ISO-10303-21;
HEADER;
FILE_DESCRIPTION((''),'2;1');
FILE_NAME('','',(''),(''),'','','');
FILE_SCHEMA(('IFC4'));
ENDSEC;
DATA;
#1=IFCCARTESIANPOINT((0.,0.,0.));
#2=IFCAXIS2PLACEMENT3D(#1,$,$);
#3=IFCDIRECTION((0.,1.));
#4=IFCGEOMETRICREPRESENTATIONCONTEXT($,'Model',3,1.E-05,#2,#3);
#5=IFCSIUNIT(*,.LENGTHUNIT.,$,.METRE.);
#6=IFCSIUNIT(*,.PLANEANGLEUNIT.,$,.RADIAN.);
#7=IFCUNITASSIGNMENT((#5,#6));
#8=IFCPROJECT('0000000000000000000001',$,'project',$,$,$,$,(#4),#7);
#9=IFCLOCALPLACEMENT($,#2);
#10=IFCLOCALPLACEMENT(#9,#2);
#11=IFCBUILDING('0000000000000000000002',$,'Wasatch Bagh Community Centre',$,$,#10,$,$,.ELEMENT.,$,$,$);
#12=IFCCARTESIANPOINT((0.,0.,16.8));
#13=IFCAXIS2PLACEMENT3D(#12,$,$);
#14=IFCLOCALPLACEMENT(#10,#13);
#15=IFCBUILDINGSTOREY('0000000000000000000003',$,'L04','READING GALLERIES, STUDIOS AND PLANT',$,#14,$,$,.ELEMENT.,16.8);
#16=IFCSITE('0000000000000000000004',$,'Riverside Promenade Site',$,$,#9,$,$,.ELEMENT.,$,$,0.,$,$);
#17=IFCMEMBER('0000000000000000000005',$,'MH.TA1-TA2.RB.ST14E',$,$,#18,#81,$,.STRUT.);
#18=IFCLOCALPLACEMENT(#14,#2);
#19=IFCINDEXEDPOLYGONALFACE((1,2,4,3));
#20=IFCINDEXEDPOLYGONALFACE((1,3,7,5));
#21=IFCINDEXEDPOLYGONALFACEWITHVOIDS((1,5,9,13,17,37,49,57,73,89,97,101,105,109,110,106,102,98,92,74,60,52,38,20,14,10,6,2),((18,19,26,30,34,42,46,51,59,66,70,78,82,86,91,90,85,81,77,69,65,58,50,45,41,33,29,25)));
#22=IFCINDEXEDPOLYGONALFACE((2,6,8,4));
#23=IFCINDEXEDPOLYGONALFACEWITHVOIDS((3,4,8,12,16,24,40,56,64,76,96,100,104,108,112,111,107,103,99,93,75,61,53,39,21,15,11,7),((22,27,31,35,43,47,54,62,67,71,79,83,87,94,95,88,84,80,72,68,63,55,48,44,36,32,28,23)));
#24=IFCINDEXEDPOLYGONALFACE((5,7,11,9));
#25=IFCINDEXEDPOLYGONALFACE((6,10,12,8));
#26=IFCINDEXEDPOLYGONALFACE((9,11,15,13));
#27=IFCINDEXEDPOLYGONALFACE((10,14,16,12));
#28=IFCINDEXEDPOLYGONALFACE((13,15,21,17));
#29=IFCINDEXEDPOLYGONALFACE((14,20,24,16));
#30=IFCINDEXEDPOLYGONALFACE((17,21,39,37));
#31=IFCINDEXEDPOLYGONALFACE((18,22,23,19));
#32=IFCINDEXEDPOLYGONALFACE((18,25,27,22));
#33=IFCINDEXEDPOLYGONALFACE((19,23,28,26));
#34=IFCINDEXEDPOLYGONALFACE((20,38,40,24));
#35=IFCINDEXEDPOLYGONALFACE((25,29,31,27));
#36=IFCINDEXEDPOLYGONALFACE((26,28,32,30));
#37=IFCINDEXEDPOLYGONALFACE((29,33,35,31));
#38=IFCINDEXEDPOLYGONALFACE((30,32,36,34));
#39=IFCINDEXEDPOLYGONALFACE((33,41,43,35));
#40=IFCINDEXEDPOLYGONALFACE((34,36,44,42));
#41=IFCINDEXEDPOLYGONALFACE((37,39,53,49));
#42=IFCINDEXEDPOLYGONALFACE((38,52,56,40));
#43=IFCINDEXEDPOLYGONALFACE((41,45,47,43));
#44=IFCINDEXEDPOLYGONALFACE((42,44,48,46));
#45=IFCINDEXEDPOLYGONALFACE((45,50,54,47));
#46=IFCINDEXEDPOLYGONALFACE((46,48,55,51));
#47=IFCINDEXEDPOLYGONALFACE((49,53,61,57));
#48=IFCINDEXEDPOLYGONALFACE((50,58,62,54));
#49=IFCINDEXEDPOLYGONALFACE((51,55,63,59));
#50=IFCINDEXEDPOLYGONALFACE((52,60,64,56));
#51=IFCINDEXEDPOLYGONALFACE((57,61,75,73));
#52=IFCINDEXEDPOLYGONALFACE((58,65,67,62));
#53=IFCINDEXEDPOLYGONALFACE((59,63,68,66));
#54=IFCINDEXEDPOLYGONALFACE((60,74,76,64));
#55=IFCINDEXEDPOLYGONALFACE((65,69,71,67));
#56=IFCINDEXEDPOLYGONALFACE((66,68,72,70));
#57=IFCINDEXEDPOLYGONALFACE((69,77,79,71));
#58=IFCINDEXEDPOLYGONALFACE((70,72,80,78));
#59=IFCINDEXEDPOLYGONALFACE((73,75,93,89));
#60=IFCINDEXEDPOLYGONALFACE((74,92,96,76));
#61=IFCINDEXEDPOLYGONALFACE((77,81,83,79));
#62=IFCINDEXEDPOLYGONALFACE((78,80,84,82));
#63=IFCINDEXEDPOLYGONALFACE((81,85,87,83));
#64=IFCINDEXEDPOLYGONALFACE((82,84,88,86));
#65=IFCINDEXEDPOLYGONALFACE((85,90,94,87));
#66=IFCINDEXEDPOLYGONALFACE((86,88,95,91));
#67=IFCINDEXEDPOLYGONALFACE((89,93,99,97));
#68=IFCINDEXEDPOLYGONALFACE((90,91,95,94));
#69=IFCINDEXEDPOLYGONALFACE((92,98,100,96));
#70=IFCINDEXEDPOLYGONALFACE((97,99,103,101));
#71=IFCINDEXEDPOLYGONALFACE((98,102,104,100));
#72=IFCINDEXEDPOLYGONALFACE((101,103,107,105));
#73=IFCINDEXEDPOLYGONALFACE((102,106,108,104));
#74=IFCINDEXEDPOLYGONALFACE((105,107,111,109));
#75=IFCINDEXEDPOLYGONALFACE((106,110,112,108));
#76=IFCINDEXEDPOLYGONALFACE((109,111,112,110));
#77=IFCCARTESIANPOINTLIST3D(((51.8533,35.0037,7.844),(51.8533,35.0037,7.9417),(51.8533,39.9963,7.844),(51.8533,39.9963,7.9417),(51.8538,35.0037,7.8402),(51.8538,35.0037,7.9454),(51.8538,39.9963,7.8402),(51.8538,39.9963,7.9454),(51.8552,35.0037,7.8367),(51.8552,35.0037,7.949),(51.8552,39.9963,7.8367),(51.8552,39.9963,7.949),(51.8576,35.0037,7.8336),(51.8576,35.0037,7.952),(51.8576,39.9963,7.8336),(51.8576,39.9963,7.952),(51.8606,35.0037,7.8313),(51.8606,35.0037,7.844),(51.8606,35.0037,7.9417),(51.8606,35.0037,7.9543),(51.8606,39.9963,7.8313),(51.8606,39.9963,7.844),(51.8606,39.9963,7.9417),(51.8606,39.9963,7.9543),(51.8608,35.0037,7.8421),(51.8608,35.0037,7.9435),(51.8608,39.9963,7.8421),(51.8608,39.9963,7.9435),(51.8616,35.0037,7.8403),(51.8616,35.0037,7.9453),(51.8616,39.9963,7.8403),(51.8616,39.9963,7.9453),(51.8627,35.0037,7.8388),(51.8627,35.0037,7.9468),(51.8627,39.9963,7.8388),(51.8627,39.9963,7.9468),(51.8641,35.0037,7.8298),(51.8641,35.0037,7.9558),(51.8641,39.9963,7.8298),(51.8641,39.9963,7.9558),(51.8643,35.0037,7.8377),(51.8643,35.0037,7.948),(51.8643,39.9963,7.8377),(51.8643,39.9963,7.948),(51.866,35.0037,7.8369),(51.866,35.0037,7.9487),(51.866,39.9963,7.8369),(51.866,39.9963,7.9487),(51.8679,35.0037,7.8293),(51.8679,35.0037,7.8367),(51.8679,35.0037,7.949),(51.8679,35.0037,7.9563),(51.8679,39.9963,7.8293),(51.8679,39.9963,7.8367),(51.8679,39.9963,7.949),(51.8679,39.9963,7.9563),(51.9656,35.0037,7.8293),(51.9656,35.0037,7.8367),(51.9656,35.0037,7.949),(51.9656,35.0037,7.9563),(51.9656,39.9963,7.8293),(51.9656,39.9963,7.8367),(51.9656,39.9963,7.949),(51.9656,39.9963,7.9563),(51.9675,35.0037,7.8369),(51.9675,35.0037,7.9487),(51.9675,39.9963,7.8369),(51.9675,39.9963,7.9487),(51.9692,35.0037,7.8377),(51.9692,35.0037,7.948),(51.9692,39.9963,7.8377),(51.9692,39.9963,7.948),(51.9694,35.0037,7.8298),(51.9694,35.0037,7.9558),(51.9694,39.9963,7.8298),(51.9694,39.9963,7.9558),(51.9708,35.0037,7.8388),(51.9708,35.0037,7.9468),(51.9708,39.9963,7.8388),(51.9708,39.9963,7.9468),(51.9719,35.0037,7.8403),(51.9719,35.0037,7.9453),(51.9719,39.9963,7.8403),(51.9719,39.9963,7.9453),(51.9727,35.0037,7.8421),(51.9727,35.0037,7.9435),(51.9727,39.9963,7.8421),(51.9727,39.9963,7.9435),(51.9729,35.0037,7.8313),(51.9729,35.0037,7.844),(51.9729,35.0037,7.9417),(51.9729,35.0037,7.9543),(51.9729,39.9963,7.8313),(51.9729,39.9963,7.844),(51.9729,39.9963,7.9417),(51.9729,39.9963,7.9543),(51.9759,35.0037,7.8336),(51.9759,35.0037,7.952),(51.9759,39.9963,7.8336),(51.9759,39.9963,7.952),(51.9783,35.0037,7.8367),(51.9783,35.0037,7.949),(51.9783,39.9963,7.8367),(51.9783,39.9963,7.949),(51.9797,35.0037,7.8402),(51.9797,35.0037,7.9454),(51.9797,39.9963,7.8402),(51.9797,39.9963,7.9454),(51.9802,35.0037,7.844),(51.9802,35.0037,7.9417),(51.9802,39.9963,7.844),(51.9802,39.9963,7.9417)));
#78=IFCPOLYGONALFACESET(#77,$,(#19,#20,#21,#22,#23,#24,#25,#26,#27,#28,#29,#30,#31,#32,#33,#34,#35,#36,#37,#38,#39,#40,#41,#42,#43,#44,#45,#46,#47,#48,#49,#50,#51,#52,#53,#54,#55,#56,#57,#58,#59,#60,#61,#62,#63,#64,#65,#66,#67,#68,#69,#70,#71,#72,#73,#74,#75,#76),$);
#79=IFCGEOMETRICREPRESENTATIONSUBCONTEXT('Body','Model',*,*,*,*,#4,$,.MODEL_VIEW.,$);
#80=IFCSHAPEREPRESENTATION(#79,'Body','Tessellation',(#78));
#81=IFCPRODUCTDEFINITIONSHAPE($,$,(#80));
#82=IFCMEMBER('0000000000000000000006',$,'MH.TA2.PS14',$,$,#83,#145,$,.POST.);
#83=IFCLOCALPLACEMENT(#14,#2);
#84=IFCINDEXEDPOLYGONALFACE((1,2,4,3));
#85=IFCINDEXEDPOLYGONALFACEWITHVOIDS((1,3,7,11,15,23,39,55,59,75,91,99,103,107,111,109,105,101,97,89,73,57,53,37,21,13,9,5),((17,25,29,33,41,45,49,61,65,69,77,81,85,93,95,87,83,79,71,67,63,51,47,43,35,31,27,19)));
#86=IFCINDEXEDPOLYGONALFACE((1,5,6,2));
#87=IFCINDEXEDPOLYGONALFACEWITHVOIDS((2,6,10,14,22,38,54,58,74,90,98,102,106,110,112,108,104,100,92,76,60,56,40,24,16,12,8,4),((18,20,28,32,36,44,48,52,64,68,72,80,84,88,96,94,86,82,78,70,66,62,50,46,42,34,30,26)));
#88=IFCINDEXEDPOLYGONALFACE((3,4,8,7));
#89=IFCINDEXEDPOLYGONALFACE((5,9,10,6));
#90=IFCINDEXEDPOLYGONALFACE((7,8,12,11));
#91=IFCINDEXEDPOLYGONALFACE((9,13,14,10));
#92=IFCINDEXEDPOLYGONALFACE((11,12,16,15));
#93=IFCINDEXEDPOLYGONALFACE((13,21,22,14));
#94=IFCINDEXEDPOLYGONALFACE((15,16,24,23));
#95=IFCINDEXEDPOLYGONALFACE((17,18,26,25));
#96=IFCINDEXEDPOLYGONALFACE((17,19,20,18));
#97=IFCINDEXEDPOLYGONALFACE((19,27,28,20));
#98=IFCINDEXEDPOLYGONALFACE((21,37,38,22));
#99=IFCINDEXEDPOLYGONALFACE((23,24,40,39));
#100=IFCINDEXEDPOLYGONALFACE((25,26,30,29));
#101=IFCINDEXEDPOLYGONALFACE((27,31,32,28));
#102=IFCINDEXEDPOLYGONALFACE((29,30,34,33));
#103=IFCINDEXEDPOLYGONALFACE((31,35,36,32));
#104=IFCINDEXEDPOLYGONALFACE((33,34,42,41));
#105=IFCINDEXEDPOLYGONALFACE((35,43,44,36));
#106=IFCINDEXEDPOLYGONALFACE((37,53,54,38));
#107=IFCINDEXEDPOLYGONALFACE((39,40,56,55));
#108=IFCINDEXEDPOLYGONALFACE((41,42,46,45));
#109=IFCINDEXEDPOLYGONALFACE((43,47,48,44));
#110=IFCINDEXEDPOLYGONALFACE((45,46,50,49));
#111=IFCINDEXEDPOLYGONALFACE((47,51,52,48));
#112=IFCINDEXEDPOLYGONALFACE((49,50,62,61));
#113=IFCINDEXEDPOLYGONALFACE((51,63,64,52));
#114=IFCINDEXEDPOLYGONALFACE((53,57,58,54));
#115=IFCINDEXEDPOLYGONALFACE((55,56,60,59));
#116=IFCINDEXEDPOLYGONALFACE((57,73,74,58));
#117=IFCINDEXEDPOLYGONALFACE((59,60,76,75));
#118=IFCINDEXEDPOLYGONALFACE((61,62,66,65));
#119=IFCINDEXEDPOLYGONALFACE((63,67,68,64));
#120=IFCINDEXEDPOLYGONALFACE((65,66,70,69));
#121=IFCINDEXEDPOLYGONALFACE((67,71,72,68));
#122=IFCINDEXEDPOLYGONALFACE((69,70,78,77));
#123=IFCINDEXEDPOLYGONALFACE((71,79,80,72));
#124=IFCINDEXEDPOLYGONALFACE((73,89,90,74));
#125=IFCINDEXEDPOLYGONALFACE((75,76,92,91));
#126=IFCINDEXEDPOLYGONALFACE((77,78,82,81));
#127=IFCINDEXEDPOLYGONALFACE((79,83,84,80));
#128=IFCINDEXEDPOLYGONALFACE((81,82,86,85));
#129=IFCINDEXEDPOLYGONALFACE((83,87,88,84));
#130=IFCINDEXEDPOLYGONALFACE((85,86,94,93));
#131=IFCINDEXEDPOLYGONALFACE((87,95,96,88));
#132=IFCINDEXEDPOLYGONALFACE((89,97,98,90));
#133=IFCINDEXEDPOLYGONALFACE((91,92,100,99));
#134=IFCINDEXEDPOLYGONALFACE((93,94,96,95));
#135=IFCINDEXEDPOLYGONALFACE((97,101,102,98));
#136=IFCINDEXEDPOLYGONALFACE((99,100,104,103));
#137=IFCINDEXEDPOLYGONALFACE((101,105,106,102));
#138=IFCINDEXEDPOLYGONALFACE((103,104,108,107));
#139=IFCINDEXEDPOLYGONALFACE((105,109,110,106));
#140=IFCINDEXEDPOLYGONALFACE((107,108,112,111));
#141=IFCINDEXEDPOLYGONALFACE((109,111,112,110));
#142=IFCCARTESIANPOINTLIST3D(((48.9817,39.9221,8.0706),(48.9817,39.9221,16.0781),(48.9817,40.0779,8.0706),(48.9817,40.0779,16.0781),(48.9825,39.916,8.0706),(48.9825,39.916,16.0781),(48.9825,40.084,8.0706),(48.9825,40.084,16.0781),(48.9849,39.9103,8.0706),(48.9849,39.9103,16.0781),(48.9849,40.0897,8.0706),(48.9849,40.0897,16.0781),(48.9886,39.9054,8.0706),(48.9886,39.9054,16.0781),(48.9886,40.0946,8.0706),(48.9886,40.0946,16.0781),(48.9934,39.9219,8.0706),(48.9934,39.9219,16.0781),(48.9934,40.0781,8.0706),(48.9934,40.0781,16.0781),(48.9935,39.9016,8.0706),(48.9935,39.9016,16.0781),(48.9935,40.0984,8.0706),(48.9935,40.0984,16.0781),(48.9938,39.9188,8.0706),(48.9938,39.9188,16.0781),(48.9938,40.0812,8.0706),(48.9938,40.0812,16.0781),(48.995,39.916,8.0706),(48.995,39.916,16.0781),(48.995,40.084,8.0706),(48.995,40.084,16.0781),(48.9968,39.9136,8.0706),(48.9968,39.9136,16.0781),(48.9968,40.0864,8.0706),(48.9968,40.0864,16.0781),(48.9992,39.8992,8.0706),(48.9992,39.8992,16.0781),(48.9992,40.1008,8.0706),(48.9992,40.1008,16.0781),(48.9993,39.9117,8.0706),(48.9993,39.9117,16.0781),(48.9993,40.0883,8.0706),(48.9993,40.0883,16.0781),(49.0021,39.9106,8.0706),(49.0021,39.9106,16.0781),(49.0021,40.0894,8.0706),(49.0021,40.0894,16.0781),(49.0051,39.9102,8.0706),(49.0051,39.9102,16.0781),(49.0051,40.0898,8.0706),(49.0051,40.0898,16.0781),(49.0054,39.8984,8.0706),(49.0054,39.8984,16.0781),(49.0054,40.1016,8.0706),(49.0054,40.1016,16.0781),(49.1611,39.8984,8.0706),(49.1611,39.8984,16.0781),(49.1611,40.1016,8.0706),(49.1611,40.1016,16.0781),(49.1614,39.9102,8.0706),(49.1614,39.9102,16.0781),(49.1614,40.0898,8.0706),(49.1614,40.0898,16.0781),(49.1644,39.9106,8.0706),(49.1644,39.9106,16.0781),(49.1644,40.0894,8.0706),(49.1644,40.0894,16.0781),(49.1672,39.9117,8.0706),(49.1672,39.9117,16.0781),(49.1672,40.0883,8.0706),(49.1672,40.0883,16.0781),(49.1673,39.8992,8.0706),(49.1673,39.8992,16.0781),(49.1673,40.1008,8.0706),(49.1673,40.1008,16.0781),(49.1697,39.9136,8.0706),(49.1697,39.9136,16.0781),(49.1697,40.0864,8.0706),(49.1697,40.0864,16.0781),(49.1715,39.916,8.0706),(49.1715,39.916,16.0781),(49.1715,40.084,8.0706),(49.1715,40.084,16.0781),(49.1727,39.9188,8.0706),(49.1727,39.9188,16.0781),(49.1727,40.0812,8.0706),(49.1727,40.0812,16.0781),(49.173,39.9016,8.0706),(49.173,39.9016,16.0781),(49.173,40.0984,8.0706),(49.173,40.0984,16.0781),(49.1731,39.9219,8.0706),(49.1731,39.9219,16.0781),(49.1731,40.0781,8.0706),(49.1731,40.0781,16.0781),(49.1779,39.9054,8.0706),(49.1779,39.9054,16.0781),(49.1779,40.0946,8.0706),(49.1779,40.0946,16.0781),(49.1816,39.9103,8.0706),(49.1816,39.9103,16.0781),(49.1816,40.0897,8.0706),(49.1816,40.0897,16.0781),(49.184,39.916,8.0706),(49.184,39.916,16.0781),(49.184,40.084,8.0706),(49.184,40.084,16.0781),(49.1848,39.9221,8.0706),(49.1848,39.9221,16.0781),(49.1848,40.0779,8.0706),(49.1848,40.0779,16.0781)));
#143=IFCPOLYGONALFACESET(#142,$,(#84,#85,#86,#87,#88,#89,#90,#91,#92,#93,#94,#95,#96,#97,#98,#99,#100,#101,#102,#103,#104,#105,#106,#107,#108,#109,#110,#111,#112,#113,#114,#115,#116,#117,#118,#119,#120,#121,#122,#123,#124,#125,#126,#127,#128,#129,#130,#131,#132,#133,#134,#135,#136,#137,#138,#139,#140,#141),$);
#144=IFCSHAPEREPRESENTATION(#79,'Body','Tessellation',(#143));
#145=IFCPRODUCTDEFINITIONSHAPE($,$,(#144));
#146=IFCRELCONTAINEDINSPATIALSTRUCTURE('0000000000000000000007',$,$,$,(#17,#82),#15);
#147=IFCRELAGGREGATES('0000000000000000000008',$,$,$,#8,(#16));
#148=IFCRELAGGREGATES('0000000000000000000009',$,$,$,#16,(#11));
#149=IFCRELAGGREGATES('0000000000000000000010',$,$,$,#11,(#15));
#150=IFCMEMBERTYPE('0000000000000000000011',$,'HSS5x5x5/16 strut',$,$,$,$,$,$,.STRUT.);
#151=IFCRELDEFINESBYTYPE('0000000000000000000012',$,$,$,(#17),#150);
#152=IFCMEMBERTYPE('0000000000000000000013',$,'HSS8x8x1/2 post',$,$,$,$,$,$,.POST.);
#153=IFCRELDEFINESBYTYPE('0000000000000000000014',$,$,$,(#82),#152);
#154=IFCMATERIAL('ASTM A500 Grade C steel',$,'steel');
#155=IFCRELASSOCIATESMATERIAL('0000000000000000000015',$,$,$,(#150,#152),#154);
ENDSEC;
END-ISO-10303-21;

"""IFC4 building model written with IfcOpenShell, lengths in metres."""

from ifc_helpers import new_model, si_unit, direction, frame, origin, origin_2d, place, context, subcontext, project, spatial, hollow_rectangle, extrude, material, material_profile, profile_set, type_object, element, save


model = new_model("IFC4")

# Units and contexts
model_context = context("Model", 3, precision=1e-05, world=origin(), true_north=direction((0.0, 1.0)))
body_context = subcontext(model_context, "Body", "Model", "MODEL_VIEW")
ifc_project = project(units=[si_unit("LENGTHUNIT", "METRE"), si_unit("PLANEANGLEUNIT", "RADIAN")], contexts=[model_context])

# Site, building, storey
site_placement = place(None, origin())
site = spatial("IfcSite", under=ifc_project, at=site_placement, Name="Riverside Promenade Site", CompositionType="ELEMENT", RefElevation=0.0)
building_placement = place(site_placement, origin())
building = spatial("IfcBuilding", under=site, at=building_placement, Name="Wasatch Bagh Community Centre", CompositionType="ELEMENT")
storey_placement = place(building_placement, frame((0.0, 0.0, 16.8)))
storey = spatial("IfcBuildingStorey", under=building, at=storey_placement, Name="L04", Description="READING GALLERIES, STUDIOS AND PLANT", CompositionType="ELEMENT", Elevation=16.8)

# Members
ifc_material_1 = material(Name="ASTM A500 Grade C steel", Category="steel")
ifc_material_profile_1 = material_profile(ifc_material_1, hollow_rectangle(XDim=0.127, YDim=0.127, WallThickness=0.0073, InnerFilletRadius=0.0073, OuterFilletRadius=0.0146, at=origin_2d()), Name="HSS5x5x5/16")
ifc_profile_set_1 = profile_set([ifc_material_profile_1], Name="ASTM A500 Grade C steel")
member_type_1 = type_object("IfcMemberType", Name="HSS5x5x5/16 strut", PredefinedType="STRUT", material=ifc_profile_set_1)
for number, where, z_axis, x_axis, name in (
    (1, (51.9167, 35.0037, 7.8928), (0.0, 1.0, 0.0), (-1.0, 0.0, 0.0), "MH.TA1-TA2.RB.ST14E"),
):
    element("IfcMember", number, at=place(storey_placement, frame(where, z_axis=z_axis, x_axis=x_axis)), inside=storey, type_object=member_type_1, Name=name, PredefinedType="STRUT", context=body_context, shape_type="SweptSolid", body=[
        extrude(hollow_rectangle(XDim=0.127, YDim=0.127, WallThickness=0.0073, InnerFilletRadius=0.0073, OuterFilletRadius=0.0146, at=origin_2d()), origin(), (0.0, 0.0, 1.0), 4.9927),
    ])
ifc_material_profile_2 = material_profile(ifc_material_1, hollow_rectangle(XDim=0.2031, YDim=0.2031, WallThickness=0.0117, InnerFilletRadius=0.0117, OuterFilletRadius=0.0237, at=origin_2d()), Name="HSS8x8x1/2")
ifc_profile_set_2 = profile_set([ifc_material_profile_2], Name="ASTM A500 Grade C steel")
member_type_2 = type_object("IfcMemberType", Name="HSS8x8x1/2 post", PredefinedType="POST", material=ifc_profile_set_2)
member_1_placement = place(storey_placement, frame((49.0833, 40.0, 8.0706), z_axis=(0.0, 0.0, 1.0), x_axis=(1.0, 0.0, 0.0)))
element("IfcMember", 2, at=member_1_placement, inside=storey, type_object=member_type_2, Name="MH.TA2.PS14", PredefinedType="POST", context=body_context, shape_type="SweptSolid", body=[
    extrude(hollow_rectangle(XDim=0.2031, YDim=0.2031, WallThickness=0.0117, InnerFilletRadius=0.0117, OuterFilletRadius=0.0237, at=origin_2d()), origin(), (0.0, 0.0, 1.0), 8.0076),
])

save(model, "model.ifc")
